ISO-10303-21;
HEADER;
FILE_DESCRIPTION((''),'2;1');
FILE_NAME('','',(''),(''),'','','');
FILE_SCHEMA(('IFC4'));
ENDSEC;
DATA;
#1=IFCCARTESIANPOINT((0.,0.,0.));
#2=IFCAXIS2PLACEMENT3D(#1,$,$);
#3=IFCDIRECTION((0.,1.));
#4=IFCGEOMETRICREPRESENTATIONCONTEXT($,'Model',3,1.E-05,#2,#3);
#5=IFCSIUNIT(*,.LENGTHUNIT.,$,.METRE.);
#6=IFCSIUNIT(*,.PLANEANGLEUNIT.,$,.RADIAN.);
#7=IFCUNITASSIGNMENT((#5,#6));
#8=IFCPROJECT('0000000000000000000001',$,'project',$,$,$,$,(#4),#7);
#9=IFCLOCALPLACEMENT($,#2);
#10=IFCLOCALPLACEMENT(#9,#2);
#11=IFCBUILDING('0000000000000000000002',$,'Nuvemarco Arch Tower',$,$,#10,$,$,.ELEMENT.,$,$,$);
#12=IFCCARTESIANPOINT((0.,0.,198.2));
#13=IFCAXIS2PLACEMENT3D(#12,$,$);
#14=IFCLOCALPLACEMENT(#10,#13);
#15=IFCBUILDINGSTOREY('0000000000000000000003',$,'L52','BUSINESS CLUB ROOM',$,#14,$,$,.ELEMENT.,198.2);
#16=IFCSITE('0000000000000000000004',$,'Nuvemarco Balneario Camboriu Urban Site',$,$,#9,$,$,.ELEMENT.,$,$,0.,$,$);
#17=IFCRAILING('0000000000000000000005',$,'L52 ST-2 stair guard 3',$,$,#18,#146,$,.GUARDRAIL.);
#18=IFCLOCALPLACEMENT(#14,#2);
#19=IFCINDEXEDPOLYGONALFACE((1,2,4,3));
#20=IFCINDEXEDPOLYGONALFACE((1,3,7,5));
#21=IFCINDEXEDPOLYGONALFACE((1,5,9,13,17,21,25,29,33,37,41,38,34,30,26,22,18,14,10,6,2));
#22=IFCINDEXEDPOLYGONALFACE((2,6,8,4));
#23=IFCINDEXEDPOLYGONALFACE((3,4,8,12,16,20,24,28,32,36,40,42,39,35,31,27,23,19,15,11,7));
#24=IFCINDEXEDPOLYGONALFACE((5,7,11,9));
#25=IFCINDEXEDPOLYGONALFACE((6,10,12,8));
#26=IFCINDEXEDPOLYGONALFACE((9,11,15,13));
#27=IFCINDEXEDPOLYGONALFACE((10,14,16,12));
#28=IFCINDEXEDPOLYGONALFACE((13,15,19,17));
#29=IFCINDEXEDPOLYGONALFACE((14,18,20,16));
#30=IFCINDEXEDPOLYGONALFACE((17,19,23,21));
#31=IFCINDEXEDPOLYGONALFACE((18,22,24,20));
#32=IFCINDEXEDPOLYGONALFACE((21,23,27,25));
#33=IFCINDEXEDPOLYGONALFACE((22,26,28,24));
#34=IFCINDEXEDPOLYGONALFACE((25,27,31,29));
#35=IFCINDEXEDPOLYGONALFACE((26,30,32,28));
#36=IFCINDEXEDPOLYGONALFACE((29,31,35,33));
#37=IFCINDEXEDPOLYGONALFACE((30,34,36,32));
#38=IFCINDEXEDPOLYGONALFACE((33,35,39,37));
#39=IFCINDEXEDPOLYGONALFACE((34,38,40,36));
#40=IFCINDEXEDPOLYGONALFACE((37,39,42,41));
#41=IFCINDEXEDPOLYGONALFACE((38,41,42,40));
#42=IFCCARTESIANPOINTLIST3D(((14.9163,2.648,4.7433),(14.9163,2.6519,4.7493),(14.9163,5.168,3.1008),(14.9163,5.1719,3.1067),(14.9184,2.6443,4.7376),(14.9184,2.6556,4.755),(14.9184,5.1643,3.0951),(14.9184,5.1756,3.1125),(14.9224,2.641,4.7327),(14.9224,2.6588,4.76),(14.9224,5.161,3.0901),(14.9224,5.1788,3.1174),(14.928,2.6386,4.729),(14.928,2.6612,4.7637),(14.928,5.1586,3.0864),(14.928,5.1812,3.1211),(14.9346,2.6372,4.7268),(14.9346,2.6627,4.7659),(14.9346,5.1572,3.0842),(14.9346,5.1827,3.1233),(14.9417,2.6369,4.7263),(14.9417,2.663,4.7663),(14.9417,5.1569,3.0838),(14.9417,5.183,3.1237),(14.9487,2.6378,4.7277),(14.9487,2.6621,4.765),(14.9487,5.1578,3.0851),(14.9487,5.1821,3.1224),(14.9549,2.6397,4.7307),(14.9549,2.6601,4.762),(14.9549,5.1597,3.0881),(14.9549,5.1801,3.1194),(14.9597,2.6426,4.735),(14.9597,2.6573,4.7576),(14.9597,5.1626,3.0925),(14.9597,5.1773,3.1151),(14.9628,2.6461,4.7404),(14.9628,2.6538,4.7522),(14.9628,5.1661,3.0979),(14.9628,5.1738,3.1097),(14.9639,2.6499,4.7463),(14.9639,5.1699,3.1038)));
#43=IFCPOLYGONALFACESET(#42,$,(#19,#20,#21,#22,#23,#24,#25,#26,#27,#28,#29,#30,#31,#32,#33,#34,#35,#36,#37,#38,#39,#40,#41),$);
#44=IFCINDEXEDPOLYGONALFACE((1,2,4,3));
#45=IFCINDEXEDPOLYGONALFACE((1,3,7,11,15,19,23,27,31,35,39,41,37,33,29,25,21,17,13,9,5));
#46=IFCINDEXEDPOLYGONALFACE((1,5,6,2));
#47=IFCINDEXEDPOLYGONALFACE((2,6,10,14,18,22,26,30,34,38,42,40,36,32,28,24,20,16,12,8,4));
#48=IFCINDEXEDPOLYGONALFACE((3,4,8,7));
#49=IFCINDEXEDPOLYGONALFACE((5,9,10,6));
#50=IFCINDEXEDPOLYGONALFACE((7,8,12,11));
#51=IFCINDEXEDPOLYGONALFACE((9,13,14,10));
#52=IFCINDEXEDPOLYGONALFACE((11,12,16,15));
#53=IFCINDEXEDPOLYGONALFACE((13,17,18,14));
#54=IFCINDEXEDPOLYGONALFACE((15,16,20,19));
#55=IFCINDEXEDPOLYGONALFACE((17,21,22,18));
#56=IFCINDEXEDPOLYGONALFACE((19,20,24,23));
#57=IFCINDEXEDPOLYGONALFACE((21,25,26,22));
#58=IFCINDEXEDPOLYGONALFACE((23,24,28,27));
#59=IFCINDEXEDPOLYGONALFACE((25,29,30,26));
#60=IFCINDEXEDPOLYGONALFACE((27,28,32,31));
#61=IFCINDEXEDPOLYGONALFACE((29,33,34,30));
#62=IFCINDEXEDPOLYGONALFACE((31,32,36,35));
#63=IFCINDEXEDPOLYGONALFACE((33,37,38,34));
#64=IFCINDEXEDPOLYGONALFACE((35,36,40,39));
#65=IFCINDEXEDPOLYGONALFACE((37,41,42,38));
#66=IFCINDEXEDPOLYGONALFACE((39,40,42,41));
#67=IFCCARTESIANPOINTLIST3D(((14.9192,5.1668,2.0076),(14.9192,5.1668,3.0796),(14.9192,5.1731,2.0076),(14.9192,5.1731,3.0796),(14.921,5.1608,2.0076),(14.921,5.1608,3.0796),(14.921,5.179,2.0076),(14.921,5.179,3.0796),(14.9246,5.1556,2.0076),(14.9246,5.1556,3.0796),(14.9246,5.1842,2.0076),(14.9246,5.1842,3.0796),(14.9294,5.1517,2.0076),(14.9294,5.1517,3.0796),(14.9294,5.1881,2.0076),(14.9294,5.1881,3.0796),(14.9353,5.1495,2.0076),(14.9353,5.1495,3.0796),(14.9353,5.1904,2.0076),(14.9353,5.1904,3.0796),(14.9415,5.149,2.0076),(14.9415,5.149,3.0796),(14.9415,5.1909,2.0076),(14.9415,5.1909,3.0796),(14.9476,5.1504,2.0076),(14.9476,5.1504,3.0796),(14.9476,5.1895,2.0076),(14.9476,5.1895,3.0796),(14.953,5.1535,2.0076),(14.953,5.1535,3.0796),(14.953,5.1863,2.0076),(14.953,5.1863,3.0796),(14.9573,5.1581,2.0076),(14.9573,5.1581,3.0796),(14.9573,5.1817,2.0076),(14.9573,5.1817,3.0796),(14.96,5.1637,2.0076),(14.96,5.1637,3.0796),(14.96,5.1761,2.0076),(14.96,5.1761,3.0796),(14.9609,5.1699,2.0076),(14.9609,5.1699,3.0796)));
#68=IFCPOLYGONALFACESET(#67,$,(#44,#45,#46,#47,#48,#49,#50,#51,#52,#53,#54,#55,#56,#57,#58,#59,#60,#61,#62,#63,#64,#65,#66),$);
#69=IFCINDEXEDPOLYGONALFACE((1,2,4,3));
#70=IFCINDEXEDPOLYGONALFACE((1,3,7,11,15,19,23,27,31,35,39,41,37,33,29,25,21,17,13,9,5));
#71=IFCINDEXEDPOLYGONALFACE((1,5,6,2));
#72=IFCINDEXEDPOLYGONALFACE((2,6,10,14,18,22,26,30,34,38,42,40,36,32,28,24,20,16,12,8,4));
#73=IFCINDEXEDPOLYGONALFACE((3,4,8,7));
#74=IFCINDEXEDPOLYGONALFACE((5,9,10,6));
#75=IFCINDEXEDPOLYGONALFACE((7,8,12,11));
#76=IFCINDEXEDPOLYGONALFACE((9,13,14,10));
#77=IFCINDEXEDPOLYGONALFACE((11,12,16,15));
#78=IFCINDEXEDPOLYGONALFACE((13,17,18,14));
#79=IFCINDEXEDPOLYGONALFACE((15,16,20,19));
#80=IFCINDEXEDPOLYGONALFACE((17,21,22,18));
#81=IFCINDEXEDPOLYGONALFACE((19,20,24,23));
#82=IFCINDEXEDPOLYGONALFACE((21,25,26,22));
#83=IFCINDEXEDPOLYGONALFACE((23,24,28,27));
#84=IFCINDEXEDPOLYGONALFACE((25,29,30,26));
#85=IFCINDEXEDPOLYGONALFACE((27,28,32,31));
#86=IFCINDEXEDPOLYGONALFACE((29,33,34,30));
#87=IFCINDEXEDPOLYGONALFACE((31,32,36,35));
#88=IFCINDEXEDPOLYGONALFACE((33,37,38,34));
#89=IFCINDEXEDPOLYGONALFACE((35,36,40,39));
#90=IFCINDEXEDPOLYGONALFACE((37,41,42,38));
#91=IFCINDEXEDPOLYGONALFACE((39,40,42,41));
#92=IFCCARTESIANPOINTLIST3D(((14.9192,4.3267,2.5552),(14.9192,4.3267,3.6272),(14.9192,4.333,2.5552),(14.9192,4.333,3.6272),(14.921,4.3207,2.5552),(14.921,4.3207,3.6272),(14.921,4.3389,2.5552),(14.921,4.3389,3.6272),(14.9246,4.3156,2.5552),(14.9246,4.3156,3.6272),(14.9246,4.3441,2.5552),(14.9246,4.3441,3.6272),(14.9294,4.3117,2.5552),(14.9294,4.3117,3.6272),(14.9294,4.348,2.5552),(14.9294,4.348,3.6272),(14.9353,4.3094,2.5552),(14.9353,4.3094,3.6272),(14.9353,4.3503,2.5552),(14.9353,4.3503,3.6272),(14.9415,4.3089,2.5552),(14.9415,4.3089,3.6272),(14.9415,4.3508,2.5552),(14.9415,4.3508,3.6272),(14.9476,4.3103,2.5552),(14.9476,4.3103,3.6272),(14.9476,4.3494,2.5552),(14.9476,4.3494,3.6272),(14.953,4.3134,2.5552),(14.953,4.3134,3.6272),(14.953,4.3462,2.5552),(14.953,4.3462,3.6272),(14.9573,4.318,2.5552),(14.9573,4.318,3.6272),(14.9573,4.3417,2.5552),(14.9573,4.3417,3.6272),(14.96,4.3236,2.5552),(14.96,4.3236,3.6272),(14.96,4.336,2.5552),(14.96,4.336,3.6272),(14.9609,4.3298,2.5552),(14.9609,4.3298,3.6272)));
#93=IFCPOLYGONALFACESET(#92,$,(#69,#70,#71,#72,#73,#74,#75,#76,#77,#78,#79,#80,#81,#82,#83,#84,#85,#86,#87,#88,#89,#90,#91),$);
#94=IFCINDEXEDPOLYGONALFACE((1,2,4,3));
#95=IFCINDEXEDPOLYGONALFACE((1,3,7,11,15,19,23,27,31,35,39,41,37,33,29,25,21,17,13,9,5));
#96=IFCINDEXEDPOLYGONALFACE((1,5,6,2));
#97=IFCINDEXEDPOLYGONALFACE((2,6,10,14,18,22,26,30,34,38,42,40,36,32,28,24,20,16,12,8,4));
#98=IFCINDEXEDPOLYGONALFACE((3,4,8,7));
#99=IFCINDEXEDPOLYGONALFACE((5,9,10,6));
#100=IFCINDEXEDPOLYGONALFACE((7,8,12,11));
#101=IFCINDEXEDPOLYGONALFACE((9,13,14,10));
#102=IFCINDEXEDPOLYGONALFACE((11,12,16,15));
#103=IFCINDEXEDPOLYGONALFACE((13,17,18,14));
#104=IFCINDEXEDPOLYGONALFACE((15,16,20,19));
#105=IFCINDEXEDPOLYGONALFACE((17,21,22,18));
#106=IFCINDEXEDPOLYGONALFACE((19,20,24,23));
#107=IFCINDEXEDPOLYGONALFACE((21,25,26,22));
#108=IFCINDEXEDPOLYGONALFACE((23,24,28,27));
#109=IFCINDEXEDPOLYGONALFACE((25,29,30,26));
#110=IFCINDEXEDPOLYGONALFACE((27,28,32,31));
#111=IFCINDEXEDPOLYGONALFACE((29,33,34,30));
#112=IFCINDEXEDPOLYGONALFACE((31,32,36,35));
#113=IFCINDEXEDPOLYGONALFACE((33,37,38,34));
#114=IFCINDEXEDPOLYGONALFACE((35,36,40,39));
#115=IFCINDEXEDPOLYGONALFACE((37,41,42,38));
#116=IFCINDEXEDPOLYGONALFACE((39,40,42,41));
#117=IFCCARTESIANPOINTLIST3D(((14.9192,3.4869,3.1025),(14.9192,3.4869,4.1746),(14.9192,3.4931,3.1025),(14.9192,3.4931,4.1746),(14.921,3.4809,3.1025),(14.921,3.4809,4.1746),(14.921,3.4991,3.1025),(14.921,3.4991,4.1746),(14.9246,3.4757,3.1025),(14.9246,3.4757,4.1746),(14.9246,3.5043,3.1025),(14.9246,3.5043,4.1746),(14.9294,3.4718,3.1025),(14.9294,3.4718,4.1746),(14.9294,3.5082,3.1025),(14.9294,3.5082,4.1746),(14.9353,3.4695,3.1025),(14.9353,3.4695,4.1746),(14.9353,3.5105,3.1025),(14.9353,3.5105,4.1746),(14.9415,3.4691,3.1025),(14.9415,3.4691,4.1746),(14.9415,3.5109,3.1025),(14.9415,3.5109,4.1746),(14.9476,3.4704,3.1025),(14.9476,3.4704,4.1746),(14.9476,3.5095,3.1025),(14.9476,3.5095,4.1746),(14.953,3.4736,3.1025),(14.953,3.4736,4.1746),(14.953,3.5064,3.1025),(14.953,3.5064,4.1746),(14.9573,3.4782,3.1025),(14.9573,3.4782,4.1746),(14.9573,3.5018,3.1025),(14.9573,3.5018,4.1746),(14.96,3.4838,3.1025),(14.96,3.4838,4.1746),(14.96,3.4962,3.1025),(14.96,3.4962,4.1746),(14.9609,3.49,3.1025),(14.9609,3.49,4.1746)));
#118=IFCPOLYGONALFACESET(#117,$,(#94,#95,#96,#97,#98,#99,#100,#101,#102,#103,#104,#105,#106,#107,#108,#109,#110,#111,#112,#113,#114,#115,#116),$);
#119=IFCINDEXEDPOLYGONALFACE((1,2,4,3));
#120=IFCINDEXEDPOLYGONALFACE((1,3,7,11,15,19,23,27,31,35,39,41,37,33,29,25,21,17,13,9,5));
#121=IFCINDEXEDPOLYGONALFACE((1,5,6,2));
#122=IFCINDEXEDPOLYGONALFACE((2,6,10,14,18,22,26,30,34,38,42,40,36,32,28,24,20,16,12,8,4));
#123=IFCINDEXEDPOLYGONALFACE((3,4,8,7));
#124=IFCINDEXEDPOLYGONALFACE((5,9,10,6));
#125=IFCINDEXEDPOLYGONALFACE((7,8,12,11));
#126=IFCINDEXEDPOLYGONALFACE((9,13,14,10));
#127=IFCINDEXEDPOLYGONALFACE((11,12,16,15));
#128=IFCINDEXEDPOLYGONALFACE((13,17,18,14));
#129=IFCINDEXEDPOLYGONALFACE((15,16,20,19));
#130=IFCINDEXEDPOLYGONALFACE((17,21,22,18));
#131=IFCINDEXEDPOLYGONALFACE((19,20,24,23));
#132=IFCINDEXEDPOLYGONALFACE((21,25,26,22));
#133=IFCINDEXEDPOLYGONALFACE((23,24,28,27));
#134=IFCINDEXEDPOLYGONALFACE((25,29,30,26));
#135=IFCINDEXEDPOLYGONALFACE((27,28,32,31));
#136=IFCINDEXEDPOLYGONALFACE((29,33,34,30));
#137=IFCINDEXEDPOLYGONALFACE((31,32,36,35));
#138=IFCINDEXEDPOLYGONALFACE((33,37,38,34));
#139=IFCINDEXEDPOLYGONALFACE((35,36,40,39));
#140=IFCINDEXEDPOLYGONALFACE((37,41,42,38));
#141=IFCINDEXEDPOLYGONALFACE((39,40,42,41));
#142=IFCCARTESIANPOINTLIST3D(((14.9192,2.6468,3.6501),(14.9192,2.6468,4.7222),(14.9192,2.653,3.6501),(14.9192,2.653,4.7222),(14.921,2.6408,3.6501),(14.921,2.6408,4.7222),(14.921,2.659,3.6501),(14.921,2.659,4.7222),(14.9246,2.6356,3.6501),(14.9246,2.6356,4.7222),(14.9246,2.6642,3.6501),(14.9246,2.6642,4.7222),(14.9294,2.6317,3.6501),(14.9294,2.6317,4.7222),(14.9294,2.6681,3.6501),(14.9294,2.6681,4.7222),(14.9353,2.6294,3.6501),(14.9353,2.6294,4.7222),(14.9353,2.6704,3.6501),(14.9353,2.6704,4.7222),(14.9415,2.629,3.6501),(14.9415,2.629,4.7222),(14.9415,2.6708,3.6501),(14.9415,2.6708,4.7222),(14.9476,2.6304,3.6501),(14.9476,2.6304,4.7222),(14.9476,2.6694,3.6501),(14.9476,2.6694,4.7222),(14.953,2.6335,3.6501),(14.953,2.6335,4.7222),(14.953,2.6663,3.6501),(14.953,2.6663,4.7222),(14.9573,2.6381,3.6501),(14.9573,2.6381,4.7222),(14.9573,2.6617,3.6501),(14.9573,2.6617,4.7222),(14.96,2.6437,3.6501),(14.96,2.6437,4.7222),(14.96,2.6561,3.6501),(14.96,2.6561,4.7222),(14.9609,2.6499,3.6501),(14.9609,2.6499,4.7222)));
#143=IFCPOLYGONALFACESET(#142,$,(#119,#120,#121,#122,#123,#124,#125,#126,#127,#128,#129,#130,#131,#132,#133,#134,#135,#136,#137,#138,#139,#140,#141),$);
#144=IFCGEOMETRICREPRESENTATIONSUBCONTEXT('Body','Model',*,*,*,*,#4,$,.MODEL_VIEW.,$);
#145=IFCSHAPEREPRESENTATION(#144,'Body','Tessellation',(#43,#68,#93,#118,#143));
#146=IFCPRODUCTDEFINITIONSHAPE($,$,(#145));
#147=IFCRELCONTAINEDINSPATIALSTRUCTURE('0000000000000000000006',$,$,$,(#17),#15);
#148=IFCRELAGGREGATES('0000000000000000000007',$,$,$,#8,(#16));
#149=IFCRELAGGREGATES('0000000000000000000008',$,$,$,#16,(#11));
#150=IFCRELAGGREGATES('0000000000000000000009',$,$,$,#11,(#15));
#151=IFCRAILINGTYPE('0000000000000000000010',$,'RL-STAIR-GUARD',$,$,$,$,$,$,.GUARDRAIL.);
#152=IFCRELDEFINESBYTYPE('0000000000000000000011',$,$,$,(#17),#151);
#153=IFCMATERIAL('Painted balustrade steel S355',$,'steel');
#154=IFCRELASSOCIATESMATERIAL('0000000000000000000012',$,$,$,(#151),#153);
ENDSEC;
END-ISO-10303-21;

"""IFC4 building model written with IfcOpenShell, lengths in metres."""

from ifc_helpers import new_model, si_unit, direction, frame, origin, origin_2d, place, context, subcontext, project, spatial, circle, extrude, material, type_object, element, save


model = new_model("IFC4")

# Units and contexts
model_context = context("Model", 3, precision=1e-05, world=origin(), true_north=direction((0.0, 1.0)))
body_context = subcontext(model_context, "Body", "Model", "MODEL_VIEW")
ifc_project = project(units=[si_unit("LENGTHUNIT", "METRE"), si_unit("PLANEANGLEUNIT", "RADIAN")], contexts=[model_context])

# Site, building, storey
site_placement = place(None, origin())
site = spatial("IfcSite", under=ifc_project, at=site_placement, Name="Nuvemarco Balneario Camboriu Urban Site", CompositionType="ELEMENT", RefElevation=0.0)
building_placement = place(site_placement, origin())
building = spatial("IfcBuilding", under=site, at=building_placement, Name="Nuvemarco Arch Tower", CompositionType="ELEMENT")
storey_placement = place(building_placement, frame((0.0, 0.0, 198.2)))
storey = spatial("IfcBuildingStorey", under=building, at=storey_placement, Name="L52", Description="BUSINESS CLUB ROOM", CompositionType="ELEMENT", Elevation=198.2)

# Railing
ifc_material_1 = material(Name="Painted balustrade steel S355", Category="steel")
railing_type_1 = type_object("IfcRailingType", Name="RL-STAIR-GUARD", PredefinedType="GUARDRAIL", material=ifc_material_1)
railing_1_placement = place(storey_placement, frame((14.9399, 5.1699, 2.0076)))
element("IfcRailing", 1, at=railing_1_placement, inside=storey, type_object=railing_type_1, Name="L52 ST-2 stair guard 3", PredefinedType="GUARDRAIL", context=body_context, shape_type="SweptSolid", body=[
    extrude(circle(Radius=0.0239, at=origin_2d()), frame((0.0, 0.0, 1.0962), z_axis=(0.0, -0.837749, 0.546055), x_axis=(1.0, 0.0, 0.0)), (0.0, 0.0, 1.0), 3.0081),
    extrude(circle(Radius=0.021, at=origin_2d()), origin(), (0.0, 0.0, 1.0), 1.072),
    extrude(circle(Radius=0.021, at=origin_2d()), frame((0.0, -0.8401, 0.5476)), (0.0, 0.0, 1.0), 1.072),
    extrude(circle(Radius=0.021, at=origin_2d()), frame((0.0, -1.6799, 1.095)), (0.0, 0.0, 1.0), 1.072),
    extrude(circle(Radius=0.021, at=origin_2d()), frame((0.0, -2.52, 1.6426)), (0.0, 0.0, 1.0), 1.072),
])

save(model, "model.ifc")
